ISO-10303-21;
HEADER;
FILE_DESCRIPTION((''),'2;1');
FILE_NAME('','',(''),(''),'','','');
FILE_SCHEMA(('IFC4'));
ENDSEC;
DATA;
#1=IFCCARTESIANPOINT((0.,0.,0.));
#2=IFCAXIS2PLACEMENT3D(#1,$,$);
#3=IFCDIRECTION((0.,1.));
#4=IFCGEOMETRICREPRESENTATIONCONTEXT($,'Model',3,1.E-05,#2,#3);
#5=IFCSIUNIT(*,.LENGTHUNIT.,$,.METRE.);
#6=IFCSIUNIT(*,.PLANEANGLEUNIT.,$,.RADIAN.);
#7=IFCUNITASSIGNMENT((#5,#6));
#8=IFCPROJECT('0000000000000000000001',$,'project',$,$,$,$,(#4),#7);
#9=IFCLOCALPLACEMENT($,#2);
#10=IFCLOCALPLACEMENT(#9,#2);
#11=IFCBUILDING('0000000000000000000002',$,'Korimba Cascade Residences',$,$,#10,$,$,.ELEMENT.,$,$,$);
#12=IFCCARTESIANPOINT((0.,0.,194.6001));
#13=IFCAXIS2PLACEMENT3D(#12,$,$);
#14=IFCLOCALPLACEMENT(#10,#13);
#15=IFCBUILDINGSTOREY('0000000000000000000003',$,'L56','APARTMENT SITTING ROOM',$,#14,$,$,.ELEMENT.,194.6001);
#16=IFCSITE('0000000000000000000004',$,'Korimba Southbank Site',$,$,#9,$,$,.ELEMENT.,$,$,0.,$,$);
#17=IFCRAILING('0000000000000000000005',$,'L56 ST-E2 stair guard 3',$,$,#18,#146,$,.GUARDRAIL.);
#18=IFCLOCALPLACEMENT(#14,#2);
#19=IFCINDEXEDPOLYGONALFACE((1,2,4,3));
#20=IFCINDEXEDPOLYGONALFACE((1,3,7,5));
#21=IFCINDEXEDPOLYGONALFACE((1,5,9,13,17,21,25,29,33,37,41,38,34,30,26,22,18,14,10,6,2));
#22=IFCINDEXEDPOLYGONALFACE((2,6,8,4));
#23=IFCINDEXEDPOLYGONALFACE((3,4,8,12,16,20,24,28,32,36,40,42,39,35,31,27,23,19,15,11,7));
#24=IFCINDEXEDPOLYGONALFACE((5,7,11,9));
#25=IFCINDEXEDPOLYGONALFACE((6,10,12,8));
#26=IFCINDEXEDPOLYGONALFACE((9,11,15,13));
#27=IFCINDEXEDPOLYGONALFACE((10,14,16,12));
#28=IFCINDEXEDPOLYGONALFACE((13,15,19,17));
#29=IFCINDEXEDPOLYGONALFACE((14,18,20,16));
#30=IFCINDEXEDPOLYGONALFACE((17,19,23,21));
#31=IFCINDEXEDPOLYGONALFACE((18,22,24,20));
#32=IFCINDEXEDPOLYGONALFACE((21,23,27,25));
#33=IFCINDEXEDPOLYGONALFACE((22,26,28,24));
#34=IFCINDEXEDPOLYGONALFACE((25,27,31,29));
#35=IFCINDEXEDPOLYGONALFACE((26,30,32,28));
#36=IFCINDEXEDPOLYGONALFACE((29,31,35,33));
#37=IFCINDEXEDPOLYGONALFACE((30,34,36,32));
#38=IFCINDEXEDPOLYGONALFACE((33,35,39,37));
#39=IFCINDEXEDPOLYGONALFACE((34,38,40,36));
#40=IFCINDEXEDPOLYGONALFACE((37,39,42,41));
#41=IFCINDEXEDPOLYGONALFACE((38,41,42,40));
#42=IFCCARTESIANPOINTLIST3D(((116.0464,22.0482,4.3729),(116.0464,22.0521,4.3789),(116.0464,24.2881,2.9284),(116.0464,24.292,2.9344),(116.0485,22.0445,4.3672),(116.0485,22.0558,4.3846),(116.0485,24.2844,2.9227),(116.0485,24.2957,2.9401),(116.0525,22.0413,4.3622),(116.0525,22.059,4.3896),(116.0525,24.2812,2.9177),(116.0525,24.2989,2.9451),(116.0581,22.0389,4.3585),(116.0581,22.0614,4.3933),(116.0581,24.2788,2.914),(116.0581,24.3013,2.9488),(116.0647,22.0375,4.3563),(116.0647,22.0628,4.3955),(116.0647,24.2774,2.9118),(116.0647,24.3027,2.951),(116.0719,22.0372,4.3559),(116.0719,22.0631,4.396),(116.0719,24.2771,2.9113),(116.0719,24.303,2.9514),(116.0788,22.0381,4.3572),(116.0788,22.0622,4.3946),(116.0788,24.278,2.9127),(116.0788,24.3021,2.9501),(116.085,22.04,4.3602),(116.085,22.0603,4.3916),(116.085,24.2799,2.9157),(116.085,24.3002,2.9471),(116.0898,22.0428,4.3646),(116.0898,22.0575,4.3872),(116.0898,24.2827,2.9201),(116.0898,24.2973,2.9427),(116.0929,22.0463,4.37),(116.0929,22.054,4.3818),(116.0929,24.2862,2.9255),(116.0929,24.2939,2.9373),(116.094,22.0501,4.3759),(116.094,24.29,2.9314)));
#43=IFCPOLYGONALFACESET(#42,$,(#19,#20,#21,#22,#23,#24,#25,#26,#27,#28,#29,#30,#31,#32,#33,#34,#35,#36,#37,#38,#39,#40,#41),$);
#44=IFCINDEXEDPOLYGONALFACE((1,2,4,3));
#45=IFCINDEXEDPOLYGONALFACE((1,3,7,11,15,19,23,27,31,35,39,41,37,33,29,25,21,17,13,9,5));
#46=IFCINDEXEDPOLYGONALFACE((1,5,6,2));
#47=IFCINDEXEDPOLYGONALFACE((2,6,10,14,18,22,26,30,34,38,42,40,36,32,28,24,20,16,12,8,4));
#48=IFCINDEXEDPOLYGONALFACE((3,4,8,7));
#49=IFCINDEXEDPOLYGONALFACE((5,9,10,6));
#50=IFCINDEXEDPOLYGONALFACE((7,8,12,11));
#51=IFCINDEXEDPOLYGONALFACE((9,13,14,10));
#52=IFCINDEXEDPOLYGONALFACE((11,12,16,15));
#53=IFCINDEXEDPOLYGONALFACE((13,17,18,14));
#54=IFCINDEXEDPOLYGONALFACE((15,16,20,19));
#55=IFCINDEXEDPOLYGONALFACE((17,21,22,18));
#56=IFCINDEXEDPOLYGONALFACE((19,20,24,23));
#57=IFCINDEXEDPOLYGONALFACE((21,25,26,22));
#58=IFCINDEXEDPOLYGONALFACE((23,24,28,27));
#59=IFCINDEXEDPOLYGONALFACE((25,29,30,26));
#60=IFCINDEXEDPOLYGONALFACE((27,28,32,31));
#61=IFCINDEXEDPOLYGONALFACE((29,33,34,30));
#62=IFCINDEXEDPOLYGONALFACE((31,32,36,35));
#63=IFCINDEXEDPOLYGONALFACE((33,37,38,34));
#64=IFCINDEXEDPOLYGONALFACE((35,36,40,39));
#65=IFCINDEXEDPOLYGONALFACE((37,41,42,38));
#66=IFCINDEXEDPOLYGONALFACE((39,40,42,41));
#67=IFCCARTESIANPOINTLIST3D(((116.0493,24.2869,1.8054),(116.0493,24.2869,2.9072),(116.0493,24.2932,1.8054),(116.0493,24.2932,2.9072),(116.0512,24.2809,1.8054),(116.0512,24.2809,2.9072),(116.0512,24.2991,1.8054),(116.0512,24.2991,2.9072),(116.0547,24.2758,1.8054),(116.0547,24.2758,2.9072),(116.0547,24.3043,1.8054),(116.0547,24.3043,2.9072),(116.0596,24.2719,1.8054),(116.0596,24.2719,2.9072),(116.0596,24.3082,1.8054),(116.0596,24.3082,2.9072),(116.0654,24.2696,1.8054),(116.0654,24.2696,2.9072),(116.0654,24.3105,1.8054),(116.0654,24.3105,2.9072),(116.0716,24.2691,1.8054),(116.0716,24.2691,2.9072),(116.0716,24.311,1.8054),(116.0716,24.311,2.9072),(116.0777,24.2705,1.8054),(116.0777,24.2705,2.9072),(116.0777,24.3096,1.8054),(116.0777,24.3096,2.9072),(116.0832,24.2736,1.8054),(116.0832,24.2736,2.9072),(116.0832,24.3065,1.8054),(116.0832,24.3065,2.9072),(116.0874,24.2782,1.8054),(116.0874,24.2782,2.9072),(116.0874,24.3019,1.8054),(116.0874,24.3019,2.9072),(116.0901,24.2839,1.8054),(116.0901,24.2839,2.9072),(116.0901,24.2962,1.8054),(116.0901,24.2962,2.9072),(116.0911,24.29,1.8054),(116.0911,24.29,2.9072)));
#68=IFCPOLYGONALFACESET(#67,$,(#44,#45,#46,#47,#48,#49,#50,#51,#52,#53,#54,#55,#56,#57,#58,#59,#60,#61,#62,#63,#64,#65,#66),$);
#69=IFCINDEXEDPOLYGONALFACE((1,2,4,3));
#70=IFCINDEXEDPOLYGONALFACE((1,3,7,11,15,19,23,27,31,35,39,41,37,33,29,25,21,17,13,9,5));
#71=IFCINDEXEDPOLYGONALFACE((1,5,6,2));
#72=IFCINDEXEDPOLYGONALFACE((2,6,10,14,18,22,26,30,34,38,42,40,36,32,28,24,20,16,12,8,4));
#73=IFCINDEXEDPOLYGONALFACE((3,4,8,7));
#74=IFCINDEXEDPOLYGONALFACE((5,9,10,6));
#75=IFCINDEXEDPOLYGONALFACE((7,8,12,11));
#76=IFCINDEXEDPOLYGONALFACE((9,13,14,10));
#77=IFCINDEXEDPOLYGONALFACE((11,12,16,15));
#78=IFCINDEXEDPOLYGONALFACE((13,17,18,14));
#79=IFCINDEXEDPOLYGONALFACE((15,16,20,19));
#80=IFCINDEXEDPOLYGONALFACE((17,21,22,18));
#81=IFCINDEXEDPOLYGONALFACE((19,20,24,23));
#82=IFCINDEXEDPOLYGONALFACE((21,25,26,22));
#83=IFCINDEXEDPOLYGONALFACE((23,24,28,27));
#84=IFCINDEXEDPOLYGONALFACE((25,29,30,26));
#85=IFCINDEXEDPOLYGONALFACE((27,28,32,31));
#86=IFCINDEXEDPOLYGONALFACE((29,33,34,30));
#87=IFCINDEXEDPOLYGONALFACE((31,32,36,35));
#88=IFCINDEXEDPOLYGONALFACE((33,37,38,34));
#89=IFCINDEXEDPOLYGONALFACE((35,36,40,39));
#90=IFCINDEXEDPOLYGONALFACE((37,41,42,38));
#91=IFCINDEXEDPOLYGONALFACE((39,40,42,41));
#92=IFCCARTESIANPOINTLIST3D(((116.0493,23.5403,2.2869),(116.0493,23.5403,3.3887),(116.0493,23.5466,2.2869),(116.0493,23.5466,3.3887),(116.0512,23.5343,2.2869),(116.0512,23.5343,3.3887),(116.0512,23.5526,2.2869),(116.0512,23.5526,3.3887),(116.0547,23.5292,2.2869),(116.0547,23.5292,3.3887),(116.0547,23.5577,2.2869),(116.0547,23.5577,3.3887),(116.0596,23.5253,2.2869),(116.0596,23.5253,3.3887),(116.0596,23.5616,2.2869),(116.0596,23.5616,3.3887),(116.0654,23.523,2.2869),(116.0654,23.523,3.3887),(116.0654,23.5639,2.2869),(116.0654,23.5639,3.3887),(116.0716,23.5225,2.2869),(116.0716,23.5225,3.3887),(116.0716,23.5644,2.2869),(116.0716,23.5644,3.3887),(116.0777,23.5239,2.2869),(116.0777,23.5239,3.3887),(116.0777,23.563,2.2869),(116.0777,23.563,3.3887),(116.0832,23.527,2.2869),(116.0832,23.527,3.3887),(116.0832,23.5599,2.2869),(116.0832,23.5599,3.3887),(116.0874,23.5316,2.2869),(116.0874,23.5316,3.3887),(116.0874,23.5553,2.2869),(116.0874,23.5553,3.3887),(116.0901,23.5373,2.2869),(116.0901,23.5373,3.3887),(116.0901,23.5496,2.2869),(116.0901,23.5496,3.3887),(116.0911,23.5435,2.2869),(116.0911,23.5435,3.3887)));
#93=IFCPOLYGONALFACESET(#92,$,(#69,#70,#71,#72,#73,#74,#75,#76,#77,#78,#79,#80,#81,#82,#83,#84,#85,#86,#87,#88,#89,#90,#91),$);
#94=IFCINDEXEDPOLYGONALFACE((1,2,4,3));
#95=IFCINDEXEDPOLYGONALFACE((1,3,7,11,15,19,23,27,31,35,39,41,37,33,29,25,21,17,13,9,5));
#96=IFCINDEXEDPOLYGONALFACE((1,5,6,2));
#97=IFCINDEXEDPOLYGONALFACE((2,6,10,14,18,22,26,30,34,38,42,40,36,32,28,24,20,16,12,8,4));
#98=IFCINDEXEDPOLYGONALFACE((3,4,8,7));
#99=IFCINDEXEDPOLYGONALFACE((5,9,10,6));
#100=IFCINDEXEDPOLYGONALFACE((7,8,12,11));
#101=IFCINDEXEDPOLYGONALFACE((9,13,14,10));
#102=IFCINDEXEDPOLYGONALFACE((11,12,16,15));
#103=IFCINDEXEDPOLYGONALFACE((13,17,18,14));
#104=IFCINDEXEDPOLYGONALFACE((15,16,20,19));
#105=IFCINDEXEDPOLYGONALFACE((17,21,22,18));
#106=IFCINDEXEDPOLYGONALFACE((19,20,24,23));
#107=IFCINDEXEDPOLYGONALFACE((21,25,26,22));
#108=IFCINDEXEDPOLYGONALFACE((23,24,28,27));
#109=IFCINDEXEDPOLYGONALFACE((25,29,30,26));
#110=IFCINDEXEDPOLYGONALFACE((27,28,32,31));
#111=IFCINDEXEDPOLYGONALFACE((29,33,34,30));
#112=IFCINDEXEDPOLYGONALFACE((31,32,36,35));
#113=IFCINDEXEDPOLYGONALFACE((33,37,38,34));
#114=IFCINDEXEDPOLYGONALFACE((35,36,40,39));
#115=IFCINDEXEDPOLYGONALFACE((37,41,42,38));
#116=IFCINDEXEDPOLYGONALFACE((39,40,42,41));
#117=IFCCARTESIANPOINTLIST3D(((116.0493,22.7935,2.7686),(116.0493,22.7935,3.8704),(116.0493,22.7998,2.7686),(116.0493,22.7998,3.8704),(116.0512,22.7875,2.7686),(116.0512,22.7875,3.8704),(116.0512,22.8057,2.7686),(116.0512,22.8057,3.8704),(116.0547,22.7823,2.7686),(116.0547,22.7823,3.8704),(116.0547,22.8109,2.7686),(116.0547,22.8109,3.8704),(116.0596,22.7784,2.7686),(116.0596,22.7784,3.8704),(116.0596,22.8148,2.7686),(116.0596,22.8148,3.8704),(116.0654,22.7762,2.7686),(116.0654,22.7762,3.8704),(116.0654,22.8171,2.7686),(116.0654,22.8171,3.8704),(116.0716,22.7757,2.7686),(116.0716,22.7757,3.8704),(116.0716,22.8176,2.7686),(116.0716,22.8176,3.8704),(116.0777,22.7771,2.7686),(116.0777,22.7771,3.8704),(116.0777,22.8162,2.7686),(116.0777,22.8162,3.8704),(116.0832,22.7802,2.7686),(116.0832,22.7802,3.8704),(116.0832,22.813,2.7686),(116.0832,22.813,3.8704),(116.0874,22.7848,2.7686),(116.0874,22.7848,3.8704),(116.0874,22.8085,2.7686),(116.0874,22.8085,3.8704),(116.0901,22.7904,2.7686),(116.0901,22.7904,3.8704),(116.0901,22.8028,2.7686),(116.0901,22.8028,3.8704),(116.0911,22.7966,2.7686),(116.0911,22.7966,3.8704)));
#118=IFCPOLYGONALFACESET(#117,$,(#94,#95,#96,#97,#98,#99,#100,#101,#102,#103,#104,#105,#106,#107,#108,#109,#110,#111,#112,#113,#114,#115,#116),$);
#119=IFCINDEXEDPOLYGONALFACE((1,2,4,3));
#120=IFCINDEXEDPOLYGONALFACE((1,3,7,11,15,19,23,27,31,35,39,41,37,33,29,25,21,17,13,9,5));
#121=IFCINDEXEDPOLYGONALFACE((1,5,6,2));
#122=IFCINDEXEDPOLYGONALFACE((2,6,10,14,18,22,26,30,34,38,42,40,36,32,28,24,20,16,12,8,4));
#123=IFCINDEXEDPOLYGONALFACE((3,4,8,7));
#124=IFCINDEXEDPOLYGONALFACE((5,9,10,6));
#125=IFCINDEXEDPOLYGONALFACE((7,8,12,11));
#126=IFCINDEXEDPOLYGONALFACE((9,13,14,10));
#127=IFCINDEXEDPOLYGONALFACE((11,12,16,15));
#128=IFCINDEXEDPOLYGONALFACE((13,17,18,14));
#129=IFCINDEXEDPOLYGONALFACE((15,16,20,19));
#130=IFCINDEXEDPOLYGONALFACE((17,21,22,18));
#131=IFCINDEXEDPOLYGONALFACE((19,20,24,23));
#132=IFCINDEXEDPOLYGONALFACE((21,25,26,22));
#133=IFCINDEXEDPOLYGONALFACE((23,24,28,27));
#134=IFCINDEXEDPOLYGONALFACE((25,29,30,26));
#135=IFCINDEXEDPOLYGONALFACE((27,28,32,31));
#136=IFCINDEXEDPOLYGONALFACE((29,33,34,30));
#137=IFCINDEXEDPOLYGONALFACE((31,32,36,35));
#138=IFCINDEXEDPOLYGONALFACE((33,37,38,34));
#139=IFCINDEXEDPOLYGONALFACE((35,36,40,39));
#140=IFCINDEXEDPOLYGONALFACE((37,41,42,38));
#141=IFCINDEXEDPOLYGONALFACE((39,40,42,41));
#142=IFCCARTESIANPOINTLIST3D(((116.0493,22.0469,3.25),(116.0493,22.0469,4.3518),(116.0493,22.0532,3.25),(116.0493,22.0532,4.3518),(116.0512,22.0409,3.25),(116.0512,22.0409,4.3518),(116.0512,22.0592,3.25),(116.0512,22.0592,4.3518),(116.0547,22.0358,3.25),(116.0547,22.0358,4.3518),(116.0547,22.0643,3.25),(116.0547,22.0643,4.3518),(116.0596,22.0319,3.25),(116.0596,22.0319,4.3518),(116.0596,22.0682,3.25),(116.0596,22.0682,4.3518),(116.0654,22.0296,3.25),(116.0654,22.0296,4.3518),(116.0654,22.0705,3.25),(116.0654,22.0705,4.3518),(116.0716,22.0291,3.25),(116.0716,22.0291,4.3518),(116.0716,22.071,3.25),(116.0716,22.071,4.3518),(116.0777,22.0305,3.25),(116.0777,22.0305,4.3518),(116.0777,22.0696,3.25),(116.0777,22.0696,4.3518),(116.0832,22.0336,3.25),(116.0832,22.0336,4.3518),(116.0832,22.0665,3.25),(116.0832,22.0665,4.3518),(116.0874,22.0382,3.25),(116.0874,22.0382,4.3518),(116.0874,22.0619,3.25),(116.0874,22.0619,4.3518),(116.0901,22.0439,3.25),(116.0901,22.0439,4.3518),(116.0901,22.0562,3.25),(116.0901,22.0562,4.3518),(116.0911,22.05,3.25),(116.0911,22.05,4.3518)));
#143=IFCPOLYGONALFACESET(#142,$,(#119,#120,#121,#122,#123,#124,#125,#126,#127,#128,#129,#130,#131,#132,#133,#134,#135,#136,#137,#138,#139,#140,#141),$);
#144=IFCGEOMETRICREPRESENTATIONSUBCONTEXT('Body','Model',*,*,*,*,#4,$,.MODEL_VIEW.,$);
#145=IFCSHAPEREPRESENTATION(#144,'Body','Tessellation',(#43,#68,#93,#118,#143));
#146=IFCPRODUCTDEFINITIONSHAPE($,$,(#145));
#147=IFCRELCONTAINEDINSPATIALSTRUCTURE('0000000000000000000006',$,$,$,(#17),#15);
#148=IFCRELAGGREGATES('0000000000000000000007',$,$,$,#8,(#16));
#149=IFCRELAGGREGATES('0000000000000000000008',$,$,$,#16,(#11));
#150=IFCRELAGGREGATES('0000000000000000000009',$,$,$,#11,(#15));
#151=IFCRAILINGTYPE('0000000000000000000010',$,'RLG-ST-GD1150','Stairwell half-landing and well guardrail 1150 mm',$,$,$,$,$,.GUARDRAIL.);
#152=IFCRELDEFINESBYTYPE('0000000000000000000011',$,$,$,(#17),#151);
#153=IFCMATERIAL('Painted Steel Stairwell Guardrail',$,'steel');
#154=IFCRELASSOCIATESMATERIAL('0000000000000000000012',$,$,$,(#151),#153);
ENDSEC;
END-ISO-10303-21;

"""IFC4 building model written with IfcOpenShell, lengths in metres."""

from ifc_helpers import new_model, si_unit, direction, frame, origin, origin_2d, place, context, subcontext, project, spatial, circle, extrude, material, type_object, element, save


model = new_model("IFC4")

# Units and contexts
model_context = context("Model", 3, precision=1e-05, world=origin(), true_north=direction((0.0, 1.0)))
body_context = subcontext(model_context, "Body", "Model", "MODEL_VIEW")
ifc_project = project(units=[si_unit("LENGTHUNIT", "METRE"), si_unit("PLANEANGLEUNIT", "RADIAN")], contexts=[model_context])

# Site, building, storey
site_placement = place(None, origin())
site = spatial("IfcSite", under=ifc_project, at=site_placement, Name="Korimba Southbank Site", CompositionType="ELEMENT", RefElevation=0.0)
building_placement = place(site_placement, origin())
building = spatial("IfcBuilding", under=site, at=building_placement, Name="Korimba Cascade Residences", CompositionType="ELEMENT")
storey_placement = place(building_placement, frame((0.0, 0.0, 194.6001)))
storey = spatial("IfcBuildingStorey", under=building, at=storey_placement, Name="L56", Description="APARTMENT SITTING ROOM", CompositionType="ELEMENT", Elevation=194.6001)

# Railing
ifc_material_1 = material(Name="Painted Steel Stairwell Guardrail", Category="steel")
railing_type_1 = type_object("IfcRailingType", Name="RLG-ST-GD1150", Description="Stairwell half-landing and well guardrail 1150 mm", PredefinedType="GUARDRAIL", material=ifc_material_1)
railing_1_placement = place(storey_placement, frame((116.0701, 24.29, 1.8054)))
element("IfcRailing", 1, at=railing_1_placement, inside=storey, type_object=railing_type_1, Name="L56 ST-E2 stair guard 3", PredefinedType="GUARDRAIL", context=body_context, shape_type="SweptSolid", body=[
    extrude(circle(Radius=0.0239, at=origin_2d()), frame((0.0, 0.0, 1.126), z_axis=(0.0, -0.840395, 0.541975), x_axis=(1.0, 0.0, 0.0)), (0.0, 0.0, 1.0), 2.6653),
    extrude(circle(Radius=0.021, at=origin_2d()), origin(), (0.0, 0.0, 1.0), 1.1018),
    extrude(circle(Radius=0.021, at=origin_2d()), frame((0.0, -0.7466, 0.4814)), (0.0, 0.0, 1.0), 1.1018),
    extrude(circle(Radius=0.021, at=origin_2d()), frame((0.0, -1.4934, 0.9631)), (0.0, 0.0, 1.0), 1.1018),
    extrude(circle(Radius=0.021, at=origin_2d()), frame((0.0, -2.24, 1.4446)), (0.0, 0.0, 1.0), 1.1018),
])

save(model, "model.ifc")
